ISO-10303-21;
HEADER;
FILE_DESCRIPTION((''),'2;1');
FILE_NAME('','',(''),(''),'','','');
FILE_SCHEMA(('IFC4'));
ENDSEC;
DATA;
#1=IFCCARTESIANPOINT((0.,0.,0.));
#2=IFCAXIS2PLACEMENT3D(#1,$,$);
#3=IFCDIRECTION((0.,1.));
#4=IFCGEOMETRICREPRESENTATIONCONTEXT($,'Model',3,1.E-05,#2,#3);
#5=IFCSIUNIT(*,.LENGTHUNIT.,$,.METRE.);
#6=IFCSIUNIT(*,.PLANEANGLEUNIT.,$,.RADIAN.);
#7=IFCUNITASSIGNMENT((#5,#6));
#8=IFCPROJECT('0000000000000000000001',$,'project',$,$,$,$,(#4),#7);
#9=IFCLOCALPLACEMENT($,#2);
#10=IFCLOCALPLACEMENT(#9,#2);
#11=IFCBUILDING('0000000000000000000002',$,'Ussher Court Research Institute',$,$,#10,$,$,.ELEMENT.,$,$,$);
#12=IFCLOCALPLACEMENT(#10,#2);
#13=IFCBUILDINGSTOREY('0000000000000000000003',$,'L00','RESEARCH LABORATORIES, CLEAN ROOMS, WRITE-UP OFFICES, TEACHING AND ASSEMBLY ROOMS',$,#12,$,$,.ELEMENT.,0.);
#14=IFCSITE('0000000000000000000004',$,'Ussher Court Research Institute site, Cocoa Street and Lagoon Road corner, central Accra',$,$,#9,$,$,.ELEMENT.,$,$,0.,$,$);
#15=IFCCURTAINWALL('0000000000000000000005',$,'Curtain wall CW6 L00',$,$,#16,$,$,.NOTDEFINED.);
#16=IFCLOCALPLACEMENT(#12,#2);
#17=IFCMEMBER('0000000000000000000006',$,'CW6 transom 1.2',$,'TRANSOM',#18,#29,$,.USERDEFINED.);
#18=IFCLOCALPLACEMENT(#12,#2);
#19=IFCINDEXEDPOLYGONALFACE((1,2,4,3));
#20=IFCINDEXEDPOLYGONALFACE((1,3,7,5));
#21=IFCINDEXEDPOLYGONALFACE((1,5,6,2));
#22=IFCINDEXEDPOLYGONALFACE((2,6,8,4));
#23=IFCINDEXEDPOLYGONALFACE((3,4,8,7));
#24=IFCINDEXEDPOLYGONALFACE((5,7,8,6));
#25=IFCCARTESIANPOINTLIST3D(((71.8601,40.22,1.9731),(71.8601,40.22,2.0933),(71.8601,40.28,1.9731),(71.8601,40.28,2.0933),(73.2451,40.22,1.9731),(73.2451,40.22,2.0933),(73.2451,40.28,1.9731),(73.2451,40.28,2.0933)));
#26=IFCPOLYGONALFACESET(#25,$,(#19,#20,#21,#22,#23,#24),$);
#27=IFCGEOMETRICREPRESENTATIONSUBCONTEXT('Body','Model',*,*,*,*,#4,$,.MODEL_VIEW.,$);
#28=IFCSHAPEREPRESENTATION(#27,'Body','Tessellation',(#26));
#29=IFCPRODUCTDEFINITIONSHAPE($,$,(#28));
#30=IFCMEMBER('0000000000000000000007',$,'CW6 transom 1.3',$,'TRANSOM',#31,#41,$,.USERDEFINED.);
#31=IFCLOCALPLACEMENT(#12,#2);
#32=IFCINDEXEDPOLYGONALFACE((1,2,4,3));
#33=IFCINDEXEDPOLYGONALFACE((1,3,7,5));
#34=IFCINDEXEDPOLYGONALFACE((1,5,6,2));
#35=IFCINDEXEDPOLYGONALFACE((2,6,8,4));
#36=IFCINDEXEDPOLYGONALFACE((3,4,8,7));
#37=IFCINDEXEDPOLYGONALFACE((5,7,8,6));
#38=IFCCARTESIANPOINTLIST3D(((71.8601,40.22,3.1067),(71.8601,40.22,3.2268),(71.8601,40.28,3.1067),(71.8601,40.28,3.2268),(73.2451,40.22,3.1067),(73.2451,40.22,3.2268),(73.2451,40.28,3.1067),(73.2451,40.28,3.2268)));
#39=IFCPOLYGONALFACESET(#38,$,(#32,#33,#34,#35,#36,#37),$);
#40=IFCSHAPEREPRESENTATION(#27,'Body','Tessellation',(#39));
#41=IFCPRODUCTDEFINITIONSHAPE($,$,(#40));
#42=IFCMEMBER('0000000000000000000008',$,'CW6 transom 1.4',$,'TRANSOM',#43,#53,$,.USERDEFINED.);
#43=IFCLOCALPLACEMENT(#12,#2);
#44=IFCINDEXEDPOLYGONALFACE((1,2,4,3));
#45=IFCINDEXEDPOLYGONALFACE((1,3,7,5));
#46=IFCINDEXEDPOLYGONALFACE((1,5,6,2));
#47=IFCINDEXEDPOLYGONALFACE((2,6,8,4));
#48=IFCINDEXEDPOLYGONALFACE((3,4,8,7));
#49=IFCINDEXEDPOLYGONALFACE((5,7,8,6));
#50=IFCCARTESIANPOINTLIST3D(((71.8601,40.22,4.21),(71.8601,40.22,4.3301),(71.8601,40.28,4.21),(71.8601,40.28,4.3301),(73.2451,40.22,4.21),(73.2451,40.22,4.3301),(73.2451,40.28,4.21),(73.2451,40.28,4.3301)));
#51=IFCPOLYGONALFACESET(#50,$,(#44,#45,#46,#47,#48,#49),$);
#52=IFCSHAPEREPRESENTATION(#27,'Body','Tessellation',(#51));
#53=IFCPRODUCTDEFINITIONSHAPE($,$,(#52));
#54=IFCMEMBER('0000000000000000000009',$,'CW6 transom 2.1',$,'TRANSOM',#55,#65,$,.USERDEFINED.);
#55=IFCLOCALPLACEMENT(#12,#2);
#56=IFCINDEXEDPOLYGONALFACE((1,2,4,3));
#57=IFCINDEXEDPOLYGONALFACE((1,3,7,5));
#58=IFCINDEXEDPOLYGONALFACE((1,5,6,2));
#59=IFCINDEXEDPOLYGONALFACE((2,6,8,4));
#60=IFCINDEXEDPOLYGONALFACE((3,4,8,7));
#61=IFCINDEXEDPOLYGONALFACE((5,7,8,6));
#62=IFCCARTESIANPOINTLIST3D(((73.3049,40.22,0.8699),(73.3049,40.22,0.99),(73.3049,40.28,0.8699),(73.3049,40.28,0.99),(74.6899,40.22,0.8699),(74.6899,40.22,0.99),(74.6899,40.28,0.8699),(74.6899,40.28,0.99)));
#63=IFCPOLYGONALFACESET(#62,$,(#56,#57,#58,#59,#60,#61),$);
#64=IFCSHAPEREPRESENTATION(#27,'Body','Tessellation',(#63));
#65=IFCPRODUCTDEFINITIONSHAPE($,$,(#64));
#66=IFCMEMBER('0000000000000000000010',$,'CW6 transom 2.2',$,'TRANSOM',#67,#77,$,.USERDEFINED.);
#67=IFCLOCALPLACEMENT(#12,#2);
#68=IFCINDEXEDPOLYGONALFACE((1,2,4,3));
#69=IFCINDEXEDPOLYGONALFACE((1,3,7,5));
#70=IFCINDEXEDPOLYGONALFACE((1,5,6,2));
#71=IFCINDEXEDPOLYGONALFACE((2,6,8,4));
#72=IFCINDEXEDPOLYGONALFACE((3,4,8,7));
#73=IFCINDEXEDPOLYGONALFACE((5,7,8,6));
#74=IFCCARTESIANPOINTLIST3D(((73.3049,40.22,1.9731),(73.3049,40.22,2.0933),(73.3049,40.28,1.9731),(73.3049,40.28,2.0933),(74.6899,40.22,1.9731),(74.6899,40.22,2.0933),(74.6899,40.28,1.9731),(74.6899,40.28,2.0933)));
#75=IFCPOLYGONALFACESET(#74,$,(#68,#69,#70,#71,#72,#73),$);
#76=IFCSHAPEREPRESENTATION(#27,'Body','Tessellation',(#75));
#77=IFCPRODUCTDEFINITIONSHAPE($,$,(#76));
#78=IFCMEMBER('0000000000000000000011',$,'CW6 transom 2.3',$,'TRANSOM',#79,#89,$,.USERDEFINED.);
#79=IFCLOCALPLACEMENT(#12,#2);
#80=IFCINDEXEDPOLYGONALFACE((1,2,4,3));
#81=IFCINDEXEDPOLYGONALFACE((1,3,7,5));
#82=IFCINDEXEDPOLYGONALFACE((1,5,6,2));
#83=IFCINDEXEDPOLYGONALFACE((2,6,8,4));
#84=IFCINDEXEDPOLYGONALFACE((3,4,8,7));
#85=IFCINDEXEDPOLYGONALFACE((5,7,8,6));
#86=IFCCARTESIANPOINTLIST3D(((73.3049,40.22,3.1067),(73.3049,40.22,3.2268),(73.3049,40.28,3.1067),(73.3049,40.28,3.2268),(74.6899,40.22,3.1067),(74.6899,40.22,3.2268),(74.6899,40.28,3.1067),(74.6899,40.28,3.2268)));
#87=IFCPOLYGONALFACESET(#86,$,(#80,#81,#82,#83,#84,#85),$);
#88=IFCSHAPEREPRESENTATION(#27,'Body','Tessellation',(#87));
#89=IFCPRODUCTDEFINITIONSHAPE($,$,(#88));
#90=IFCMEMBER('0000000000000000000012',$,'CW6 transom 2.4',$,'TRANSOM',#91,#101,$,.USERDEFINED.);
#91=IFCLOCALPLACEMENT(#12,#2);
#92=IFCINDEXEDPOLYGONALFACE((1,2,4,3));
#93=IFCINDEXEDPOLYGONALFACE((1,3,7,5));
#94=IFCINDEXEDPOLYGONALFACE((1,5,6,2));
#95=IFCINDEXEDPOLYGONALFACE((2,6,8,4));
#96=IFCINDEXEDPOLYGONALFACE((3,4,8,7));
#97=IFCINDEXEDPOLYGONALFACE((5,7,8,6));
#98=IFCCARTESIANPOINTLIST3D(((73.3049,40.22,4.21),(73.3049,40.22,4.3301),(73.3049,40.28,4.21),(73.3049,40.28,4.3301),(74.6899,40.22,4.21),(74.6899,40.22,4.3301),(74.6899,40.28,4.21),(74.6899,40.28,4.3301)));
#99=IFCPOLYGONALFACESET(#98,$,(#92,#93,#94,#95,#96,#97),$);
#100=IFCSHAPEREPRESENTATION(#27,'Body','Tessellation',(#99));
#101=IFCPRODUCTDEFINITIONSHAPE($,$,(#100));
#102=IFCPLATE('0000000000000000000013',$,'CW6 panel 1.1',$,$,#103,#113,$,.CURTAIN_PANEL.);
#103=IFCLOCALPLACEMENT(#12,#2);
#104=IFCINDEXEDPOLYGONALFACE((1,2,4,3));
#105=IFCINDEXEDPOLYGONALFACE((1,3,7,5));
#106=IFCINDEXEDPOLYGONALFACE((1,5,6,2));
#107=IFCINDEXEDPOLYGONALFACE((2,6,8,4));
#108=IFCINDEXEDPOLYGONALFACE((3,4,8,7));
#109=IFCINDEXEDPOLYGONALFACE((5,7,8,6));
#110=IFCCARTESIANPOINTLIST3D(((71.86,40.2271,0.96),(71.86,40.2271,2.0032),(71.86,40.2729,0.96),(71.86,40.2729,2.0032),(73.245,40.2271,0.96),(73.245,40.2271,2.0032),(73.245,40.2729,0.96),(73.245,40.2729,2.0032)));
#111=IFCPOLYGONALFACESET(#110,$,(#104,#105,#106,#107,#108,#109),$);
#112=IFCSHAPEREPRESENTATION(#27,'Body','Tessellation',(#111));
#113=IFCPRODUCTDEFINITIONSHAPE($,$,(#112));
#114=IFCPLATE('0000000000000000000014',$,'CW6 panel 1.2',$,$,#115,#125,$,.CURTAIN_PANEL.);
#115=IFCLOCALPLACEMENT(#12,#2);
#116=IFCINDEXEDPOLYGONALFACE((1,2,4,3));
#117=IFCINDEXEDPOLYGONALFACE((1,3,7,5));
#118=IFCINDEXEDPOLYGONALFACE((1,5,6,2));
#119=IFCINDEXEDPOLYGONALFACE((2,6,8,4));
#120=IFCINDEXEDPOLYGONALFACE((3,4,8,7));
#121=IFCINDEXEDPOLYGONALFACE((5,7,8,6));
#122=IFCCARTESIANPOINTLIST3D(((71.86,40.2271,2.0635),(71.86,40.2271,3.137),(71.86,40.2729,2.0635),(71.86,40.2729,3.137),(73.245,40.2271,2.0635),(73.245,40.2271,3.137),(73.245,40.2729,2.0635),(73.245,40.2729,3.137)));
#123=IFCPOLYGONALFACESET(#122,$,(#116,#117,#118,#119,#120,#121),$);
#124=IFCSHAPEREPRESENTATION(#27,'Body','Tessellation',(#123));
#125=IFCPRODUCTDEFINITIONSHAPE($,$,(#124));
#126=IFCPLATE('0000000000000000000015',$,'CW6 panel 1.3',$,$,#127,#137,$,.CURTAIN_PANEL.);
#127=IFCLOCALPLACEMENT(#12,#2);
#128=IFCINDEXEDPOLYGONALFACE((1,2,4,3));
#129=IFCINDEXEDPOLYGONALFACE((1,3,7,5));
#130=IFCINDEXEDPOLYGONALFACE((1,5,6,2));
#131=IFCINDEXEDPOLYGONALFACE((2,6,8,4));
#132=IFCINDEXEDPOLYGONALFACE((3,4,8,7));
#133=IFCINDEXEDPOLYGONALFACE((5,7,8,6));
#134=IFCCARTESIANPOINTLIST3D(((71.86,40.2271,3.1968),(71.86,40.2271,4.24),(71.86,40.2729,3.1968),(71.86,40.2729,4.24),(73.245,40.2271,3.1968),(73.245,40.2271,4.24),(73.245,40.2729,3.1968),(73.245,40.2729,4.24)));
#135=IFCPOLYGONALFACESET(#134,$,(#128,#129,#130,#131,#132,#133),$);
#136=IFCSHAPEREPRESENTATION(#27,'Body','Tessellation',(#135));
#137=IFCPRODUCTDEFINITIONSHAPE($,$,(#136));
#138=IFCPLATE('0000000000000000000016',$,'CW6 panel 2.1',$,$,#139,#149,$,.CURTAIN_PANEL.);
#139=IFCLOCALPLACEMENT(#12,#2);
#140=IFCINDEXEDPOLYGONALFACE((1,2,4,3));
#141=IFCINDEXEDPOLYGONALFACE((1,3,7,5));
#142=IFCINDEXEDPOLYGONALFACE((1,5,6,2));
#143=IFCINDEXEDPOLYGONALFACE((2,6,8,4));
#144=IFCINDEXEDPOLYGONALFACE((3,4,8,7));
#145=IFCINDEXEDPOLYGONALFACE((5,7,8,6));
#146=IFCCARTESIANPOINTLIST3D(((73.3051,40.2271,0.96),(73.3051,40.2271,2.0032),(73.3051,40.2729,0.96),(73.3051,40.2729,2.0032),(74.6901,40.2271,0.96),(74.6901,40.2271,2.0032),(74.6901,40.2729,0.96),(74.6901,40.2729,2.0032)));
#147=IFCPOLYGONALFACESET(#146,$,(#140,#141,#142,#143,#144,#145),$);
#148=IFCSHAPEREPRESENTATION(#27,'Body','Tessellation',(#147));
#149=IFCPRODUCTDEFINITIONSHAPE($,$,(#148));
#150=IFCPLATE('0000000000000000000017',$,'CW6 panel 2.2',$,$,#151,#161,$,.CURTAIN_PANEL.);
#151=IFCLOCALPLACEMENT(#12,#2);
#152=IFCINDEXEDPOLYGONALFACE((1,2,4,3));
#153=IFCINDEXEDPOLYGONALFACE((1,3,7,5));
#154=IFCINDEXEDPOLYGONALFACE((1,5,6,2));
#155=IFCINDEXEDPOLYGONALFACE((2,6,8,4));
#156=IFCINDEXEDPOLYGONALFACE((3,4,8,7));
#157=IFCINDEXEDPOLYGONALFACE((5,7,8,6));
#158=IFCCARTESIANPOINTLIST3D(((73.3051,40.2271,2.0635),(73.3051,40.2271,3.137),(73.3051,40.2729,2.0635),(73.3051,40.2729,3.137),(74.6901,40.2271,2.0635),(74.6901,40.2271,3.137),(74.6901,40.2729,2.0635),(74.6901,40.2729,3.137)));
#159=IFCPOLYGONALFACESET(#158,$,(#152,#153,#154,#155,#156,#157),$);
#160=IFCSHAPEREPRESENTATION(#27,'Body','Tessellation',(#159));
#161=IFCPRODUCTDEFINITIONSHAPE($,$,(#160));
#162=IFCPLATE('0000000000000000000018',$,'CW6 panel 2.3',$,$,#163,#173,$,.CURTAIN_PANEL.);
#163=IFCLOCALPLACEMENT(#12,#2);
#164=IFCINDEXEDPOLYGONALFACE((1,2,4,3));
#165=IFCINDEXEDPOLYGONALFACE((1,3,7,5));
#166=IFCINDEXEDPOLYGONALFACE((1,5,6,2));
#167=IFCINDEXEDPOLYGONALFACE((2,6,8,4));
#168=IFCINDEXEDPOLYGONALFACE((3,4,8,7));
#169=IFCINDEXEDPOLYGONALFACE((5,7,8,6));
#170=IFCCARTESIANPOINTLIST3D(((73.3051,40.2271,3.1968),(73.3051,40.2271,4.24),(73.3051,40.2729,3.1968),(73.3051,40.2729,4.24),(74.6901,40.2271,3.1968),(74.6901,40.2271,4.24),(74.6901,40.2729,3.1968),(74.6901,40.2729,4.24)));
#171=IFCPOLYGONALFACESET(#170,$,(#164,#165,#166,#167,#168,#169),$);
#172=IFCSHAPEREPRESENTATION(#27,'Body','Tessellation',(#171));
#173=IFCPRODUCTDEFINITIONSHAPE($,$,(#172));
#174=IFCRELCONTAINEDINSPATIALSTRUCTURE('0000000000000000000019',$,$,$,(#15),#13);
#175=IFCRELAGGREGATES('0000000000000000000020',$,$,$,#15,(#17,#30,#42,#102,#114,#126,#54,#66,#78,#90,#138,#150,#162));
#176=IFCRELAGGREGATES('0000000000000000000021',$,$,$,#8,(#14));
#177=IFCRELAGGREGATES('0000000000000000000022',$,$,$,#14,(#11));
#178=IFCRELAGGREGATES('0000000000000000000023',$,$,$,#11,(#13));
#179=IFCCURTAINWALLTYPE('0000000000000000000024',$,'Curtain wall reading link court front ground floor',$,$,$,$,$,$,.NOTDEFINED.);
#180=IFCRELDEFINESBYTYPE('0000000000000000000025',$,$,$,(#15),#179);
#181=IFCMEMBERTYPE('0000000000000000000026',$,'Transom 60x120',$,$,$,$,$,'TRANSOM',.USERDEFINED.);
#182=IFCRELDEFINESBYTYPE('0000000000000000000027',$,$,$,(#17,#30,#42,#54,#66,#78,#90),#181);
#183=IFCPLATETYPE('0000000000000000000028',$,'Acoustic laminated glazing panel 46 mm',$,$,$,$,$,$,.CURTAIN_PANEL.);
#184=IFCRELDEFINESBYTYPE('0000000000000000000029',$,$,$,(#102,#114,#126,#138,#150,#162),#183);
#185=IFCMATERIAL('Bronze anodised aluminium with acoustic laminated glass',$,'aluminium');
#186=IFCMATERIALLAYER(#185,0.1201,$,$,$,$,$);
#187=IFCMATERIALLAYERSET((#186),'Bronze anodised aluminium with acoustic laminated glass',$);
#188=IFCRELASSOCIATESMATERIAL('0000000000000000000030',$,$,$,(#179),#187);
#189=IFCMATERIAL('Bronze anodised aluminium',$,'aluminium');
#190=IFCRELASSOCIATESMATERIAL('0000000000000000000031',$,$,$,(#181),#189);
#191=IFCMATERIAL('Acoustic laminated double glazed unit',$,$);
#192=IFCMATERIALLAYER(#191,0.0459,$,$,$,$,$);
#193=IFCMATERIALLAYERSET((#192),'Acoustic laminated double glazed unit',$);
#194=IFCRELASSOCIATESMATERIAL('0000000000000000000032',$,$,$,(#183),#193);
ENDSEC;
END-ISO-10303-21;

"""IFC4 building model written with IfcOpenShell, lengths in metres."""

from ifc_helpers import new_model, si_unit, direction, frame, origin, origin_2d, place, context, subcontext, project, spatial, rectangle, extrude, material, layer, layer_set, material_profile, profile_set, type_object, element, aggregate, save


model = new_model("IFC4")

# Units and contexts
model_context = context("Model", 3, precision=1e-05, world=origin(), true_north=direction((0.0, 1.0)))
body_context = subcontext(model_context, "Body", "Model", "MODEL_VIEW")
ifc_project = project(units=[si_unit("LENGTHUNIT", "METRE"), si_unit("PLANEANGLEUNIT", "RADIAN")], contexts=[model_context])

# Site, building, storey
site_placement = place(None, origin())
site = spatial("IfcSite", under=ifc_project, at=site_placement, Name="Ussher Court Research Institute site, Cocoa Street and Lagoon Road corner, central Accra", CompositionType="ELEMENT", RefElevation=0.0)
building_placement = place(site_placement, origin())
building = spatial("IfcBuilding", under=site, at=building_placement, Name="Ussher Court Research Institute", CompositionType="ELEMENT")
storey_placement = place(building_placement, origin())
storey = spatial("IfcBuildingStorey", under=building, at=storey_placement, Name="L00", Description="RESEARCH LABORATORIES, CLEAN ROOMS, WRITE-UP OFFICES, TEACHING AND ASSEMBLY ROOMS", CompositionType="ELEMENT", Elevation=0.0)

# Curtain wall
ifc_material_1 = material(Name="Bronze anodised aluminium with acoustic laminated glass", Category="aluminium")
ifc_layer_1 = layer(ifc_material_1, 0.1201)
ifc_layer_set_1 = layer_set([ifc_layer_1], Name="Bronze anodised aluminium with acoustic laminated glass")
curtain_wall_type = type_object("IfcCurtainWallType", Name="Curtain wall reading link court front ground floor", PredefinedType="NOTDEFINED", material=ifc_layer_set_1)
curtain_wall_placement = place(storey_placement, origin())
curtain_wall = element("IfcCurtainWall", 1, at=curtain_wall_placement, inside=storey, type_object=curtain_wall_type, Name="Curtain wall CW6 L00", PredefinedType="NOTDEFINED")

# Members
ifc_material_2 = material(Name="Bronze anodised aluminium", Category="aluminium")
ifc_material_profile_1 = material_profile(ifc_material_2, rectangle(XDim=0.0601, YDim=0.1201, at=origin_2d()), Name="Transom 60x120")
ifc_profile_set_1 = profile_set([ifc_material_profile_1], Name="Bronze anodised aluminium")
member_type_1 = type_object("IfcMemberType", Name="Transom 60x120", ElementType="TRANSOM", PredefinedType="USERDEFINED", material=ifc_profile_set_1)
member_1_placement = place(storey_placement, frame((71.8601, 40.25, 2.0332), z_axis=(1.0, 0.0, 0.0), x_axis=(0.0, 1.0, 0.0)))
member_1 = element("IfcMember", 2, at=member_1_placement, type_object=member_type_1, Name="CW6 transom 1.2", ObjectType="TRANSOM", PredefinedType="USERDEFINED", context=body_context, shape_type="SweptSolid", body=[
    extrude(rectangle(XDim=0.0601, YDim=0.1201, at=origin_2d()), origin(), (0.0, 0.0, 1.0), 1.385),
])
member_2_placement = place(storey_placement, frame((71.8601, 40.25, 3.1667), z_axis=(1.0, 0.0, 0.0), x_axis=(0.0, 1.0, 0.0)))
member_2 = element("IfcMember", 3, at=member_2_placement, type_object=member_type_1, Name="CW6 transom 1.3", ObjectType="TRANSOM", PredefinedType="USERDEFINED", context=body_context, shape_type="SweptSolid", body=[
    extrude(rectangle(XDim=0.0601, YDim=0.1201, at=origin_2d()), origin(), (0.0, 0.0, 1.0), 1.385),
])
member_3_placement = place(storey_placement, frame((71.8601, 40.25, 4.27), z_axis=(1.0, 0.0, 0.0), x_axis=(0.0, 1.0, 0.0)))
member_3 = element("IfcMember", 4, at=member_3_placement, type_object=member_type_1, Name="CW6 transom 1.4", ObjectType="TRANSOM", PredefinedType="USERDEFINED", context=body_context, shape_type="SweptSolid", body=[
    extrude(rectangle(XDim=0.0601, YDim=0.1201, at=origin_2d()), origin(), (0.0, 0.0, 1.0), 1.385),
])
member_4_placement = place(storey_placement, frame((73.3049, 40.25, 0.9299), z_axis=(1.0, 0.0, 0.0), x_axis=(0.0, 1.0, 0.0)))
member_4 = element("IfcMember", 5, at=member_4_placement, type_object=member_type_1, Name="CW6 transom 2.1", ObjectType="TRANSOM", PredefinedType="USERDEFINED", context=body_context, shape_type="SweptSolid", body=[
    extrude(rectangle(XDim=0.0601, YDim=0.1201, at=origin_2d()), origin(), (0.0, 0.0, 1.0), 1.385),
])
member_5_placement = place(storey_placement, frame((73.3049, 40.25, 2.0332), z_axis=(1.0, 0.0, 0.0), x_axis=(0.0, 1.0, 0.0)))
member_5 = element("IfcMember", 6, at=member_5_placement, type_object=member_type_1, Name="CW6 transom 2.2", ObjectType="TRANSOM", PredefinedType="USERDEFINED", context=body_context, shape_type="SweptSolid", body=[
    extrude(rectangle(XDim=0.0601, YDim=0.1201, at=origin_2d()), origin(), (0.0, 0.0, 1.0), 1.385),
])
member_6_placement = place(storey_placement, frame((73.3049, 40.25, 3.1667), z_axis=(1.0, 0.0, 0.0), x_axis=(0.0, 1.0, 0.0)))
member_6 = element("IfcMember", 7, at=member_6_placement, type_object=member_type_1, Name="CW6 transom 2.3", ObjectType="TRANSOM", PredefinedType="USERDEFINED", context=body_context, shape_type="SweptSolid", body=[
    extrude(rectangle(XDim=0.0601, YDim=0.1201, at=origin_2d()), origin(), (0.0, 0.0, 1.0), 1.385),
])
member_7_placement = place(storey_placement, frame((73.3049, 40.25, 4.27), z_axis=(1.0, 0.0, 0.0), x_axis=(0.0, 1.0, 0.0)))
member_7 = element("IfcMember", 8, at=member_7_placement, type_object=member_type_1, Name="CW6 transom 2.4", ObjectType="TRANSOM", PredefinedType="USERDEFINED", context=body_context, shape_type="SweptSolid", body=[
    extrude(rectangle(XDim=0.0601, YDim=0.1201, at=origin_2d()), origin(), (0.0, 0.0, 1.0), 1.385),
])

# Plates
ifc_material_3 = material(Name="Acoustic laminated double glazed unit")
ifc_layer_2 = layer(ifc_material_3, 0.0459)
ifc_layer_set_2 = layer_set([ifc_layer_2], Name="Acoustic laminated double glazed unit")
plate_type = type_object("IfcPlateType", Name="Acoustic laminated glazing panel 46 mm", PredefinedType="CURTAIN_PANEL", material=ifc_layer_set_2)
plate_1_placement = place(storey_placement, frame((72.5525, 40.25, 0.96), z_axis=(0.0, 0.0, 1.0), x_axis=(1.0, 0.0, 0.0)))
plate_1 = element("IfcPlate", 9, at=plate_1_placement, type_object=plate_type, Name="CW6 panel 1.1", PredefinedType="CURTAIN_PANEL", context=body_context, shape_type="SweptSolid", body=[
    extrude(rectangle(XDim=1.385, YDim=0.0459, at=origin_2d()), origin(), (0.0, 0.0, 1.0), 1.0432),
])
plate_2_placement = place(storey_placement, frame((72.5525, 40.25, 2.0635), z_axis=(0.0, 0.0, 1.0), x_axis=(1.0, 0.0, 0.0)))
plate_2 = element("IfcPlate", 10, at=plate_2_placement, type_object=plate_type, Name="CW6 panel 1.2", PredefinedType="CURTAIN_PANEL", context=body_context, shape_type="SweptSolid", body=[
    extrude(rectangle(XDim=1.385, YDim=0.0459, at=origin_2d()), origin(), (0.0, 0.0, 1.0), 1.0735),
])
plate_3_placement = place(storey_placement, frame((72.5525, 40.25, 3.1968), z_axis=(0.0, 0.0, 1.0), x_axis=(1.0, 0.0, 0.0)))
plate_3 = element("IfcPlate", 11, at=plate_3_placement, type_object=plate_type, Name="CW6 panel 1.3", PredefinedType="CURTAIN_PANEL", context=body_context, shape_type="SweptSolid", body=[
    extrude(rectangle(XDim=1.385, YDim=0.0459, at=origin_2d()), origin(), (0.0, 0.0, 1.0), 1.0432),
])
plate_4_placement = place(storey_placement, frame((73.9976, 40.25, 0.96), z_axis=(0.0, 0.0, 1.0), x_axis=(1.0, 0.0, 0.0)))
plate_4 = element("IfcPlate", 12, at=plate_4_placement, type_object=plate_type, Name="CW6 panel 2.1", PredefinedType="CURTAIN_PANEL", context=body_context, shape_type="SweptSolid", body=[
    extrude(rectangle(XDim=1.385, YDim=0.0459, at=origin_2d()), origin(), (0.0, 0.0, 1.0), 1.0432),
])
plate_5_placement = place(storey_placement, frame((73.9976, 40.25, 2.0635), z_axis=(0.0, 0.0, 1.0), x_axis=(1.0, 0.0, 0.0)))
plate_5 = element("IfcPlate", 13, at=plate_5_placement, type_object=plate_type, Name="CW6 panel 2.2", PredefinedType="CURTAIN_PANEL", context=body_context, shape_type="SweptSolid", body=[
    extrude(rectangle(XDim=1.385, YDim=0.0459, at=origin_2d()), origin(), (0.0, 0.0, 1.0), 1.0735),
])
plate_6_placement = place(storey_placement, frame((73.9976, 40.25, 3.1968), z_axis=(0.0, 0.0, 1.0), x_axis=(1.0, 0.0, 0.0)))
plate_6 = element("IfcPlate", 14, at=plate_6_placement, type_object=plate_type, Name="CW6 panel 2.3", PredefinedType="CURTAIN_PANEL", context=body_context, shape_type="SweptSolid", body=[
    extrude(rectangle(XDim=1.385, YDim=0.0459, at=origin_2d()), origin(), (0.0, 0.0, 1.0), 1.0432),
])
aggregate(curtain_wall, [member_1, member_2, member_3, plate_1, plate_2, plate_3, member_4, member_5, member_6, member_7, plate_4, plate_5, plate_6])

save(model, "model.ifc")
